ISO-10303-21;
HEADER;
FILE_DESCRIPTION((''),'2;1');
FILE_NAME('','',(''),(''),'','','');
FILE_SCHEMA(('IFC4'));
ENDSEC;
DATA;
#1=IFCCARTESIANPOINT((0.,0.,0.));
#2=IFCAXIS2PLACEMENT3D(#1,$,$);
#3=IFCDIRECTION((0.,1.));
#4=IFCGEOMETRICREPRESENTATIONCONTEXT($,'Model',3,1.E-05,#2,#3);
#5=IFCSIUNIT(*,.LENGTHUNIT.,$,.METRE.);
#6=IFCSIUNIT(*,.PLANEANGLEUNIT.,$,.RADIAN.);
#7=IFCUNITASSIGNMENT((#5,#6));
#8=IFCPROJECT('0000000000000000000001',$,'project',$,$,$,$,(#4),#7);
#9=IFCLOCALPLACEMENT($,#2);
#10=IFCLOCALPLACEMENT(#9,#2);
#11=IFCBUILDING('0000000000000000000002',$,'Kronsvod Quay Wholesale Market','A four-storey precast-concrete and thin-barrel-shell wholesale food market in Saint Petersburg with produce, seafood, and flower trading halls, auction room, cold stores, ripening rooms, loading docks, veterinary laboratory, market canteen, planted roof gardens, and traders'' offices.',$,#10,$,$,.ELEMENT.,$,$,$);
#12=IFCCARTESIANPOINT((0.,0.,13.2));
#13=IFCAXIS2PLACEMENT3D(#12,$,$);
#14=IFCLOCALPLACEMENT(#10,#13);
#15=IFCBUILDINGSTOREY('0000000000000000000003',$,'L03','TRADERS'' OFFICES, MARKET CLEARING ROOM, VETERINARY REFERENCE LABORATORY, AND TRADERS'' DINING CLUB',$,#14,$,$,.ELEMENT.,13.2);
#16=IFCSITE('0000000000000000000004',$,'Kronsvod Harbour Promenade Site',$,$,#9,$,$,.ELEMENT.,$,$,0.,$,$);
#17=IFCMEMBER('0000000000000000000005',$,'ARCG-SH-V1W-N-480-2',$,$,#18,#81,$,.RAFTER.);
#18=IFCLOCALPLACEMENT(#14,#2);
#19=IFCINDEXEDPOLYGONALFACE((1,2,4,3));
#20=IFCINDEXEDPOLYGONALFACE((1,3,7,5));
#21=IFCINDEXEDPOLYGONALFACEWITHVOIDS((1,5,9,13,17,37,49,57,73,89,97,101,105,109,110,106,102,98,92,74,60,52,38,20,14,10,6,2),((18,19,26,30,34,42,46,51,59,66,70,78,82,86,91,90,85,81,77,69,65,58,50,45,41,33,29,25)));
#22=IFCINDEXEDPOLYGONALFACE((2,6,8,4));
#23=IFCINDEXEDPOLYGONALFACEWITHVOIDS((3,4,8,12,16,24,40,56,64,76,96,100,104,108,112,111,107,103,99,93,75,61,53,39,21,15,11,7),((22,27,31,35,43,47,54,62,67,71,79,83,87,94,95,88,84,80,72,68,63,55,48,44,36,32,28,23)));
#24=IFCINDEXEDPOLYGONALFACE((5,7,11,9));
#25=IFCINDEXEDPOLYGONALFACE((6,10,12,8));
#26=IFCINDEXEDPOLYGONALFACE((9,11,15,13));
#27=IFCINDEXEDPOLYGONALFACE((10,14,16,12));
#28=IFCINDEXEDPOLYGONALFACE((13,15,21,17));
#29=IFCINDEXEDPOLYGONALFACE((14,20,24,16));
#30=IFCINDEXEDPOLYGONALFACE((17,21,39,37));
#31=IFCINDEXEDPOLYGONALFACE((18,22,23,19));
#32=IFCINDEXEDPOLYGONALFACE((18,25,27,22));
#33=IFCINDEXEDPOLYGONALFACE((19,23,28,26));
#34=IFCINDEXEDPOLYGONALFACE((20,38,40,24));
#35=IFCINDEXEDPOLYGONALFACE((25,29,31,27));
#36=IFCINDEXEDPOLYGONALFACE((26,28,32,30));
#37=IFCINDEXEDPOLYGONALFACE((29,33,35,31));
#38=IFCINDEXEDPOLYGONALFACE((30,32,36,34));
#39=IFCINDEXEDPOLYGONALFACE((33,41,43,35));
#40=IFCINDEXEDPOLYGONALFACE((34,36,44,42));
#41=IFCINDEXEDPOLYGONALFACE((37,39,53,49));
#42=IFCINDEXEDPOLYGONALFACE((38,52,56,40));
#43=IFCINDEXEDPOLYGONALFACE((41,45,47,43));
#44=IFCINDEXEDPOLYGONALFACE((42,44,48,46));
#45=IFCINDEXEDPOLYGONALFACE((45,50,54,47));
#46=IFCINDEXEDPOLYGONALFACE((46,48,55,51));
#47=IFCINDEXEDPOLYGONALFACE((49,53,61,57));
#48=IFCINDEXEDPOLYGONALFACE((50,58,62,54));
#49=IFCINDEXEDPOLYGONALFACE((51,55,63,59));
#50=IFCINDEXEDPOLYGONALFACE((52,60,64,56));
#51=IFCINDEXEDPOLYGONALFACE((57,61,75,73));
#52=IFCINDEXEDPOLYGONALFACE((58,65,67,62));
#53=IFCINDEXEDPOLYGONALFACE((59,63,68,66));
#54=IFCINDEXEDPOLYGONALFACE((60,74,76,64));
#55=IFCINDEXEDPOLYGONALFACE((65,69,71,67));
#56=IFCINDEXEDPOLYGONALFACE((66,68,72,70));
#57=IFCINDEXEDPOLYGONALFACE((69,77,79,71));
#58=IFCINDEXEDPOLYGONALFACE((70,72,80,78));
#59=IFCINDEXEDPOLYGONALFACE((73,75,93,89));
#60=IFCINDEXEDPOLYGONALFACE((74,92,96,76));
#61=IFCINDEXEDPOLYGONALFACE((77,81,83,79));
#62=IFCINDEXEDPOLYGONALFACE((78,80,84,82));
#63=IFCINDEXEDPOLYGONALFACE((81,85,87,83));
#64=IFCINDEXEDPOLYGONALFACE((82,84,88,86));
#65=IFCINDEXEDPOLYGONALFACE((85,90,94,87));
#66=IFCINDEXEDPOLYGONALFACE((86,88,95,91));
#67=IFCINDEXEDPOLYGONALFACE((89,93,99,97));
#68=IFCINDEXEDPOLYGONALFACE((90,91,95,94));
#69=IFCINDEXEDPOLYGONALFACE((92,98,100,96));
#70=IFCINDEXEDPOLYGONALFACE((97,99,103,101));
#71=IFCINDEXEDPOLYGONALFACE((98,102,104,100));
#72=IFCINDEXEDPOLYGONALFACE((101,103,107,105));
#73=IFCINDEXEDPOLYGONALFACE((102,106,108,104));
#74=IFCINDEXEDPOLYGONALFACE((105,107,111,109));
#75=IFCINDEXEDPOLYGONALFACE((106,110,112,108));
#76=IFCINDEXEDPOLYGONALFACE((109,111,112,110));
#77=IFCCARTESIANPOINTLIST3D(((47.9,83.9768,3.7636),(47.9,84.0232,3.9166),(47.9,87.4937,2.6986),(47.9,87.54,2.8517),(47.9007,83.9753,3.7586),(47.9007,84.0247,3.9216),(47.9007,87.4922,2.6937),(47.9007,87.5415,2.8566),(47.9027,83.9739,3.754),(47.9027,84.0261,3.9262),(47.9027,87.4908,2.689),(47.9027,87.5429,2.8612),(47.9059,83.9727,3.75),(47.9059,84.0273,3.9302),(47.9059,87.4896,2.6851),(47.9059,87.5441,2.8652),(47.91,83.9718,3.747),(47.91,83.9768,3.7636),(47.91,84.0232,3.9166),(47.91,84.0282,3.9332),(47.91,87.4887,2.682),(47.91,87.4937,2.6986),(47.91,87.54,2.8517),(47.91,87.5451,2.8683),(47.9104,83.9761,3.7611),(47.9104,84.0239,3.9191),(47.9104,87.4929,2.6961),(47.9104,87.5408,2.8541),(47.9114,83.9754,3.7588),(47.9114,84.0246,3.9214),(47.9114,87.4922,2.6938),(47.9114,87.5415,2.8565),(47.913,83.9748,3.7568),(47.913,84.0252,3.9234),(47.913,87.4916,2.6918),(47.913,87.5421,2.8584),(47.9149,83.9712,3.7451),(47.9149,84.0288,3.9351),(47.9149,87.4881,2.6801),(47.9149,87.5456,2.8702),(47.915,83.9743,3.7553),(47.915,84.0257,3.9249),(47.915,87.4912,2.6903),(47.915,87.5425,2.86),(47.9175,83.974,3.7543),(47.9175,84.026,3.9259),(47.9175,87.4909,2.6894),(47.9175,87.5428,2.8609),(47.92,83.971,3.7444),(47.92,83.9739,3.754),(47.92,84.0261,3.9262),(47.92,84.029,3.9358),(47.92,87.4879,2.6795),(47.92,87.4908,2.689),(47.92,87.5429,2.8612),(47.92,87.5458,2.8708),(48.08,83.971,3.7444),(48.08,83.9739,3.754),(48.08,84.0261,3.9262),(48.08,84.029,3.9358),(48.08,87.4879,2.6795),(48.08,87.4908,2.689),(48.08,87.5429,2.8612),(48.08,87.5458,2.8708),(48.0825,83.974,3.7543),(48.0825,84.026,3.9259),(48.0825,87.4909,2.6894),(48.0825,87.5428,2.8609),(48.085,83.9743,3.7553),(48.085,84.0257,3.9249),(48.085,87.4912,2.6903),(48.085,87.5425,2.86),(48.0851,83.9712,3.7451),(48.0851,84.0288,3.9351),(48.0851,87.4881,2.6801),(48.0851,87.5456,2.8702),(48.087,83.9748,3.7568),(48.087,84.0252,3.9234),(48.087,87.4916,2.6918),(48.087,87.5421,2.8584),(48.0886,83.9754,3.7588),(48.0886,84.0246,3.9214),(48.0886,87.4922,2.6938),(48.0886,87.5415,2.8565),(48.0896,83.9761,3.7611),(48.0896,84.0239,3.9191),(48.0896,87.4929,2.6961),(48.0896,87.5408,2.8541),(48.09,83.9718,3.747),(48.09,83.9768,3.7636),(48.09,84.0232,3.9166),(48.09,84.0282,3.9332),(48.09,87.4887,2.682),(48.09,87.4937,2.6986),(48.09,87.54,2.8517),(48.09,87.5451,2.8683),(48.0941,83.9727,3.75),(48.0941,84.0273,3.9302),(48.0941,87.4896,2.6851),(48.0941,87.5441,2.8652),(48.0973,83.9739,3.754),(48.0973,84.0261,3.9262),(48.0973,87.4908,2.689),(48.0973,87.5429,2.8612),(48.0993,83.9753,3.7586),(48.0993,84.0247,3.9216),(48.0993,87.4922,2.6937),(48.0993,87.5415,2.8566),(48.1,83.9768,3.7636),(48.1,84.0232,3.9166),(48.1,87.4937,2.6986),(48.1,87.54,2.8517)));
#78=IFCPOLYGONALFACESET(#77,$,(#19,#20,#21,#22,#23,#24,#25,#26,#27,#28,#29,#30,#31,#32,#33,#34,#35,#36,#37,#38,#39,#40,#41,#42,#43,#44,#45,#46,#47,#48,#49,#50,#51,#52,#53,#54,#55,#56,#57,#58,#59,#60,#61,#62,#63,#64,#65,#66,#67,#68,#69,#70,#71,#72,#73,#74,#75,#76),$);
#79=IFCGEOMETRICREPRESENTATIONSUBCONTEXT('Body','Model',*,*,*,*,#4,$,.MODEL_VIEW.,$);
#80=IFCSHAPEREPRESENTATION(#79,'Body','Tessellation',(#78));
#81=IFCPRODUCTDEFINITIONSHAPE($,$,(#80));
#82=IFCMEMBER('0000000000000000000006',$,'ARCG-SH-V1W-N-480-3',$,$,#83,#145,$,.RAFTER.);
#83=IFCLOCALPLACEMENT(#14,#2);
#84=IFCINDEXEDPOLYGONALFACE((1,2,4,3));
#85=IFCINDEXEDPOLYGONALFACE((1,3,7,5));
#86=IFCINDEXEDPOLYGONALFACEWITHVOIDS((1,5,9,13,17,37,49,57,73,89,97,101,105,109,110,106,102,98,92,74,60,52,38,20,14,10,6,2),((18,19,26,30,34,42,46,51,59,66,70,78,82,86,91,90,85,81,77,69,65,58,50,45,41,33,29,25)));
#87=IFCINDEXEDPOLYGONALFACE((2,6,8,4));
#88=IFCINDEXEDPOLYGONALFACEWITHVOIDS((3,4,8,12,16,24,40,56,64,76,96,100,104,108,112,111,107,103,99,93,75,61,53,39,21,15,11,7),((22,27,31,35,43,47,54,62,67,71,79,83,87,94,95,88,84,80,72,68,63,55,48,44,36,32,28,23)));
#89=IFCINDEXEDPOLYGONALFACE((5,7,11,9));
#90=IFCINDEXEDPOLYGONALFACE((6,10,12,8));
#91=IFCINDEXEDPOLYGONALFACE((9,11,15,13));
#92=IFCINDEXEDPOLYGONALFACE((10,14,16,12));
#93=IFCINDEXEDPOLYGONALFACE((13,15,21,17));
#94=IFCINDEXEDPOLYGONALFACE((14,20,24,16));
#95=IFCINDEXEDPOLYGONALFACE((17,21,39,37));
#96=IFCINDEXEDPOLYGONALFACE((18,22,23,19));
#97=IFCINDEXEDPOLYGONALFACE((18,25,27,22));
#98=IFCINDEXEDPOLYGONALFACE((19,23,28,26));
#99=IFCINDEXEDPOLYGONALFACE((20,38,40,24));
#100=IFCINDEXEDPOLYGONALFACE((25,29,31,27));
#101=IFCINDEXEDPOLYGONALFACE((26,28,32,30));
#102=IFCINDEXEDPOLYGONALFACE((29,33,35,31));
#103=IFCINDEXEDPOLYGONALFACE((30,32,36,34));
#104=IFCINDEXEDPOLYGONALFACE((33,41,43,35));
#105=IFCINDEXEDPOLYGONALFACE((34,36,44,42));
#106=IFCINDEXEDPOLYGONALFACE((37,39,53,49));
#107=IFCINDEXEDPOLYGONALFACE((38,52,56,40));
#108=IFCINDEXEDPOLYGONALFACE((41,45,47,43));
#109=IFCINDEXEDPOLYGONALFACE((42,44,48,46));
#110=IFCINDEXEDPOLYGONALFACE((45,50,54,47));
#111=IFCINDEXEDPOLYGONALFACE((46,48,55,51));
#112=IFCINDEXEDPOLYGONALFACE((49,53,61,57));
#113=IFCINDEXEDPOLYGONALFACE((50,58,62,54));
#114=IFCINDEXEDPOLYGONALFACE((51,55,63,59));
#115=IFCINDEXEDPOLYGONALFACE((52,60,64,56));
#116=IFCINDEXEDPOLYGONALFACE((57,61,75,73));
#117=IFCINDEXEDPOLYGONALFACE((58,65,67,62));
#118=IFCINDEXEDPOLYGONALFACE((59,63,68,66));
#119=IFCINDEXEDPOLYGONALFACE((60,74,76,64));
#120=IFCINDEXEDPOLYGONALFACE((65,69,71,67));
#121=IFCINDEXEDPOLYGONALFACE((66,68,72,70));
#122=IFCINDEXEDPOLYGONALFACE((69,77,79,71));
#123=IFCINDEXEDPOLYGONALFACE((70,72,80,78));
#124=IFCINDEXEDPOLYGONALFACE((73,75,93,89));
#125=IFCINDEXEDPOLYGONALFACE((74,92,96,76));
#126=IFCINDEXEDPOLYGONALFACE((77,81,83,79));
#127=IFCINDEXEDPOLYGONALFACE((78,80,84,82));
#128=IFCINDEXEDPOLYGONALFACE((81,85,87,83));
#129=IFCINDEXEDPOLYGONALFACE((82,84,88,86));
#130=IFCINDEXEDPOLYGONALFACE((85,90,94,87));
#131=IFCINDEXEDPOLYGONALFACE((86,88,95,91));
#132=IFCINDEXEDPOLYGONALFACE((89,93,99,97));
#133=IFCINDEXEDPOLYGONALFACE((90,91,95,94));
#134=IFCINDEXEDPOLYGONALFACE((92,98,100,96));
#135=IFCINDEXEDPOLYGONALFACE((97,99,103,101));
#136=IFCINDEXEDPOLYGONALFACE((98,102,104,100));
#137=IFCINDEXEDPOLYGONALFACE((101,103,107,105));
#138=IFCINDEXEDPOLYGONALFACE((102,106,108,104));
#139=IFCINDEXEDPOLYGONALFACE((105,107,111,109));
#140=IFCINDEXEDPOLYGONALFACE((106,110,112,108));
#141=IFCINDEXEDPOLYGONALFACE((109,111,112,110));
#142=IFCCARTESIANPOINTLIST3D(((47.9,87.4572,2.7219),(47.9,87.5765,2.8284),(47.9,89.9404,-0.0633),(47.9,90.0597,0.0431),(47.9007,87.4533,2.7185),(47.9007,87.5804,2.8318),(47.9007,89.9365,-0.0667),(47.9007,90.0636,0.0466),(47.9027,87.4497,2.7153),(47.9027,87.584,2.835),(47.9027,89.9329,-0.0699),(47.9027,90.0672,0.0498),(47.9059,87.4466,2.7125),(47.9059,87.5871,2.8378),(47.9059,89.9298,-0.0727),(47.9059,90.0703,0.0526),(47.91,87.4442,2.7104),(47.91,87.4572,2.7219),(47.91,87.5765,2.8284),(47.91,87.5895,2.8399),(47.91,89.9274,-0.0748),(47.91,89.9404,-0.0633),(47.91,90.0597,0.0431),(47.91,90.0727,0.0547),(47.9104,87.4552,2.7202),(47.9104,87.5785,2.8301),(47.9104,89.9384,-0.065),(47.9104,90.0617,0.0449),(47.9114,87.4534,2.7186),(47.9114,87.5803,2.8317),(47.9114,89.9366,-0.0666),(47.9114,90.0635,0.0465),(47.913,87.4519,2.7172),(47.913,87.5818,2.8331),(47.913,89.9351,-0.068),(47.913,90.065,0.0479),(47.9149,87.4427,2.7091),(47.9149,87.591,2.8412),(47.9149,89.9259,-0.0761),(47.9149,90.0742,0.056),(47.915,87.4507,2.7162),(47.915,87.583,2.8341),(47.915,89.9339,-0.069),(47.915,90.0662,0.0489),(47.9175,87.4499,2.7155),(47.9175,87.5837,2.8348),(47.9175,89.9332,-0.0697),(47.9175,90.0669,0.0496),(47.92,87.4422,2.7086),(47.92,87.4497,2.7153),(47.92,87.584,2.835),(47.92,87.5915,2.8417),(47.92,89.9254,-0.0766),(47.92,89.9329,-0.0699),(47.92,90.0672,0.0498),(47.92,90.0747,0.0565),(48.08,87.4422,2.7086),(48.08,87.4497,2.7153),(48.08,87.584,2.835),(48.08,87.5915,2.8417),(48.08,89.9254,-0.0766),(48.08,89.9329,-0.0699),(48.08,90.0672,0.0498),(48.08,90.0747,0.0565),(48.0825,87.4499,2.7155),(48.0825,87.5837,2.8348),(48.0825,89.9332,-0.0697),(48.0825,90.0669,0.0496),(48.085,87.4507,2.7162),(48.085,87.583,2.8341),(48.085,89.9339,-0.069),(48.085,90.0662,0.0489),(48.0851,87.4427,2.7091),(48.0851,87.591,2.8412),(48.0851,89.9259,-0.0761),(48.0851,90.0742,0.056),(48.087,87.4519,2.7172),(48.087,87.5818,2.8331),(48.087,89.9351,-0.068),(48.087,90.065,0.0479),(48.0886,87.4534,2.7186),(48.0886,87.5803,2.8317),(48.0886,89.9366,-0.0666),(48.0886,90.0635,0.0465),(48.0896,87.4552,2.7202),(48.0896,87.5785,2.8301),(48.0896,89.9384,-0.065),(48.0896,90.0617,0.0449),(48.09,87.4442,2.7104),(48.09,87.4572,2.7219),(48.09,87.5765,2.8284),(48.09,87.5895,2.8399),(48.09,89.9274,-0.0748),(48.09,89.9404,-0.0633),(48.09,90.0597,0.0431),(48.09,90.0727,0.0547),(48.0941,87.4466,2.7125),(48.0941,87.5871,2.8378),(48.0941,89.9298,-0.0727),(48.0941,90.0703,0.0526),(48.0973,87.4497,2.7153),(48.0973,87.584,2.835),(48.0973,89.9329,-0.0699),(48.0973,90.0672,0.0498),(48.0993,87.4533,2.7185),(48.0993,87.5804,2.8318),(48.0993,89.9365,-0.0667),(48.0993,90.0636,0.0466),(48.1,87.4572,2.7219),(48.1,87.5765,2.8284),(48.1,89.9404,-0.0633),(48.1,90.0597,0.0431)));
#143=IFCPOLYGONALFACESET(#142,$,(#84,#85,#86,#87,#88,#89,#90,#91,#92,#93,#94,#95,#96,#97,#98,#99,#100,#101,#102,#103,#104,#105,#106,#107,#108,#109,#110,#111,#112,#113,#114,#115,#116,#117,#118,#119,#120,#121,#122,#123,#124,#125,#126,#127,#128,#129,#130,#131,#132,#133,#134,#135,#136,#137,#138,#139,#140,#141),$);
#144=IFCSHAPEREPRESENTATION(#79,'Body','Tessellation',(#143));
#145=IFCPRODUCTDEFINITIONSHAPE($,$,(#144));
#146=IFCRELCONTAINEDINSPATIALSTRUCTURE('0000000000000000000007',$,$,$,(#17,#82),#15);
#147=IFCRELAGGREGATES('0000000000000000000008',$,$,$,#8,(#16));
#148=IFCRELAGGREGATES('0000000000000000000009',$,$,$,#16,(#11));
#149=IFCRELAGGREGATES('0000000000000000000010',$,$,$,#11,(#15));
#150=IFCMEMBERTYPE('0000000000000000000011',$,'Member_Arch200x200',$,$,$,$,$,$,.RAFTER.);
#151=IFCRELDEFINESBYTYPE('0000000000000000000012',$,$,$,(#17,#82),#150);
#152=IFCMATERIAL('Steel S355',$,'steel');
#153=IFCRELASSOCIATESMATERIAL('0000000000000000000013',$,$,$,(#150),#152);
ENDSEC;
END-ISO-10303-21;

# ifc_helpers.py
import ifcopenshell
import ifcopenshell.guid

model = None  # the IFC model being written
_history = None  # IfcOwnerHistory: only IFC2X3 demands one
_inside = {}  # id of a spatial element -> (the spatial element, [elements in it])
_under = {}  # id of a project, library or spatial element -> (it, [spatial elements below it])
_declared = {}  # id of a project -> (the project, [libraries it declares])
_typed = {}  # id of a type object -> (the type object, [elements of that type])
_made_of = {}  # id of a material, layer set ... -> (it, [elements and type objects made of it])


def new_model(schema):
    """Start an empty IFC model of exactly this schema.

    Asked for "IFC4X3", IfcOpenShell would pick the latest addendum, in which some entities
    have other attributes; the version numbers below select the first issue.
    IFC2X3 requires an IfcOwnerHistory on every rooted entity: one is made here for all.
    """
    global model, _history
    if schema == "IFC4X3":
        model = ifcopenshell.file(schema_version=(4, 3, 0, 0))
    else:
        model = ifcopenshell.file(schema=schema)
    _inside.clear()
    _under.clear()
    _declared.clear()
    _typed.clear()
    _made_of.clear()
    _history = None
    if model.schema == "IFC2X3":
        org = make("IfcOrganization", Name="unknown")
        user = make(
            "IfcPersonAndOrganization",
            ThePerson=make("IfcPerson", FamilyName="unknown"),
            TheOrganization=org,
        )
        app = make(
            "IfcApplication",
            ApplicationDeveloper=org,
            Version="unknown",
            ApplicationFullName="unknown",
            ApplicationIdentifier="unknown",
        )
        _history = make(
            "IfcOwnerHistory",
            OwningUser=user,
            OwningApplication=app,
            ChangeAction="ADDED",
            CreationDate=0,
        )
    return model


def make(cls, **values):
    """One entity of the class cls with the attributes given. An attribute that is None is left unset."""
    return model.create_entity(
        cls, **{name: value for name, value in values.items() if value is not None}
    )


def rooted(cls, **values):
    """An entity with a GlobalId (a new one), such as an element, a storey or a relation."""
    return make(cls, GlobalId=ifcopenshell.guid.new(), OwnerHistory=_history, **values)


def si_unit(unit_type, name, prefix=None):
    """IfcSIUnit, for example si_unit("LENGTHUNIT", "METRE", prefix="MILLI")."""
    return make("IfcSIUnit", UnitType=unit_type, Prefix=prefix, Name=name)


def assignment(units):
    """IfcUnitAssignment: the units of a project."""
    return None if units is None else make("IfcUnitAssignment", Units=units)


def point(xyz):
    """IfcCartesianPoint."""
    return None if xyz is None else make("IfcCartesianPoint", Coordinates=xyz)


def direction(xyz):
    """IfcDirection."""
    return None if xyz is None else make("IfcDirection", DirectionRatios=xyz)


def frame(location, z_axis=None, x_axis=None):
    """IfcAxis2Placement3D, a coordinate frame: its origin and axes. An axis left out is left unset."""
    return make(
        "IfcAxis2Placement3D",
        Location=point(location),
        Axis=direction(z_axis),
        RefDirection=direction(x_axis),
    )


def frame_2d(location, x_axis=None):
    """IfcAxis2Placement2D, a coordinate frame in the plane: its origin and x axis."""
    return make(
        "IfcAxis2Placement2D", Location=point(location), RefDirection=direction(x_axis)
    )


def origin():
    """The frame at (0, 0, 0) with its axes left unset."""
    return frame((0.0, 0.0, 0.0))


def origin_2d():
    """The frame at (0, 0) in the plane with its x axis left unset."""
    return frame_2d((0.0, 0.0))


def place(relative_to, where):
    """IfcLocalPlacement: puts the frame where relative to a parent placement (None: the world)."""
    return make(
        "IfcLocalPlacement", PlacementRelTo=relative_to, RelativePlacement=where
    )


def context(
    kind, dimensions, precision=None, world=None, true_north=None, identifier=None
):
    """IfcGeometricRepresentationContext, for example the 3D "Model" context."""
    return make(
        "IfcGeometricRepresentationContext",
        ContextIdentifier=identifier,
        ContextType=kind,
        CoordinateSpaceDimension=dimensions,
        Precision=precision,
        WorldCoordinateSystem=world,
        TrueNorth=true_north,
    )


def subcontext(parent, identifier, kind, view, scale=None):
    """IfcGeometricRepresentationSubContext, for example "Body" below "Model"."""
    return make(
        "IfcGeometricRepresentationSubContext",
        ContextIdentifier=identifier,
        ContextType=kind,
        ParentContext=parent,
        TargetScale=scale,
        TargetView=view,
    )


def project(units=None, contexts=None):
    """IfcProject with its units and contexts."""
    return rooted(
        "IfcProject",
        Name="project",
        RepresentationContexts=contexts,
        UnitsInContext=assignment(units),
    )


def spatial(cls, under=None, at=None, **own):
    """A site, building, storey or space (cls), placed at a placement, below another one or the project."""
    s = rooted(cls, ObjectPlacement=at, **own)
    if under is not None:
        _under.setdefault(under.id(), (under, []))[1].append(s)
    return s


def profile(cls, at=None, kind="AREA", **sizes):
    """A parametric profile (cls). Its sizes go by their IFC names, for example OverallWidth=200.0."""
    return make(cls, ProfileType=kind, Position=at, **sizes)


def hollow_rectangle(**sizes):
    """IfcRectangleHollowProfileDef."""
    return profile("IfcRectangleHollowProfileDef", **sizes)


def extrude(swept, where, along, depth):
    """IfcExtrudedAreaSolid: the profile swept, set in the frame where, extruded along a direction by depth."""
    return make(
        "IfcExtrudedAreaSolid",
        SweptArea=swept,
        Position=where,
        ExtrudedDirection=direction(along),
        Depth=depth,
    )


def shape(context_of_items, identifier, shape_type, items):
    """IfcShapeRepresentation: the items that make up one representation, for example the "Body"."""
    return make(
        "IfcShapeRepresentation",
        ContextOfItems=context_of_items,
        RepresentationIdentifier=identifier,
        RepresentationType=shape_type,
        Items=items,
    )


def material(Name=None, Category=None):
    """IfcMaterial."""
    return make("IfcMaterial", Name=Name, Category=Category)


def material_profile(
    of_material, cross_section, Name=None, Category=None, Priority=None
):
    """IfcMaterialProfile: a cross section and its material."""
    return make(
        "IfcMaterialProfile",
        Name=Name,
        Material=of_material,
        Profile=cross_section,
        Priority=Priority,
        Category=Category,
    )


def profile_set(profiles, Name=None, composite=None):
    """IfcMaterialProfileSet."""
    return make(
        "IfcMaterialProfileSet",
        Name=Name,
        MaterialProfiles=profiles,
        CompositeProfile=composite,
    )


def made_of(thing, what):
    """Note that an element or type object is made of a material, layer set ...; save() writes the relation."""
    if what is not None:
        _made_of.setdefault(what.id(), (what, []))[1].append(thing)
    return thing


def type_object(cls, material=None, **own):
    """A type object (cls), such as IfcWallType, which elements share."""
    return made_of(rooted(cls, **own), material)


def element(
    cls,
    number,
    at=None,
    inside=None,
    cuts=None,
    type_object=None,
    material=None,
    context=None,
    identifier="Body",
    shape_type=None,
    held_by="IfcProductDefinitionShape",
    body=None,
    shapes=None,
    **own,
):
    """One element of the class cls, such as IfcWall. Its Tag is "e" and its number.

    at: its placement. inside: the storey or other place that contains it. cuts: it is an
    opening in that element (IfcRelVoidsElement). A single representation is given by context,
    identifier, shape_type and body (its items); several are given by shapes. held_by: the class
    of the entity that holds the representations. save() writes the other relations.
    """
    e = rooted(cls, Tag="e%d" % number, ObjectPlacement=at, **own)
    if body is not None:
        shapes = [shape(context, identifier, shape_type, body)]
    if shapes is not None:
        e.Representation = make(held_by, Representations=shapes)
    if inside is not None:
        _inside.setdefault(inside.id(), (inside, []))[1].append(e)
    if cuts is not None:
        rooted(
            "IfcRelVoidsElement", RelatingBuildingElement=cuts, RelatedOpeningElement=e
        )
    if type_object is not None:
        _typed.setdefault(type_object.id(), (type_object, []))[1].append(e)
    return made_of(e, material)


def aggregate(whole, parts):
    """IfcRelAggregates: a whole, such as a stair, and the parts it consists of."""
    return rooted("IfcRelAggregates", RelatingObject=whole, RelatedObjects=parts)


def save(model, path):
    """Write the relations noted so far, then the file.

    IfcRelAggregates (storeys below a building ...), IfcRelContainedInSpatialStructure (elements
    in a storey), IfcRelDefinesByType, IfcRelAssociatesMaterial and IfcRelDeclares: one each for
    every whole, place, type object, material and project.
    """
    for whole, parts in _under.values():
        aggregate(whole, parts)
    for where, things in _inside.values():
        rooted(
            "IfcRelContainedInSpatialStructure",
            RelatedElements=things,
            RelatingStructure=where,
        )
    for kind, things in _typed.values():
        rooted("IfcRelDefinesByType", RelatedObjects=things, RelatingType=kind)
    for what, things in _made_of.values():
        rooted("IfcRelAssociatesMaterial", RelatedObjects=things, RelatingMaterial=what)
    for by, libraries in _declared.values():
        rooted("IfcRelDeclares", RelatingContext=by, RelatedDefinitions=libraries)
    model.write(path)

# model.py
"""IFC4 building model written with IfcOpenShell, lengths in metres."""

from ifc_helpers import new_model, si_unit, direction, frame, origin, origin_2d, place, context, subcontext, project, spatial, hollow_rectangle, extrude, material, material_profile, profile_set, type_object, element, save


model = new_model("IFC4")

# Units and contexts
model_context = context("Model", 3, precision=1e-05, world=origin(), true_north=direction((0.0, 1.0)))
body_context = subcontext(model_context, "Body", "Model", "MODEL_VIEW")
ifc_project = project(units=[si_unit("LENGTHUNIT", "METRE"), si_unit("PLANEANGLEUNIT", "RADIAN")], contexts=[model_context])

# Site, building, storey
site_placement = place(None, origin())
site = spatial("IfcSite", under=ifc_project, at=site_placement, Name="Kronsvod Harbour Promenade Site", CompositionType="ELEMENT", RefElevation=0.0)
building_placement = place(site_placement, origin())
building = spatial("IfcBuilding", under=site, at=building_placement, Name="Kronsvod Quay Wholesale Market", Description="A four-storey precast-concrete and thin-barrel-shell wholesale food market in Saint Petersburg with produce, seafood, and flower trading halls, auction room, cold stores, ripening rooms, loading docks, veterinary laboratory, market canteen, planted roof gardens, and traders' offices.", CompositionType="ELEMENT")
storey_placement = place(building_placement, frame((0.0, 0.0, 13.2)))
storey = spatial("IfcBuildingStorey", under=building, at=storey_placement, Name="L03", Description="TRADERS' OFFICES, MARKET CLEARING ROOM, VETERINARY REFERENCE LABORATORY, AND TRADERS' DINING CLUB", CompositionType="ELEMENT", Elevation=13.2)

# Members
ifc_material_1 = material(Name="Steel S355", Category="steel")
ifc_material_profile_1 = material_profile(ifc_material_1, hollow_rectangle(XDim=0.2, YDim=0.2, WallThickness=0.01, InnerFilletRadius=0.01, OuterFilletRadius=0.02, at=origin_2d()), Name="RHS200x200x10")
ifc_profile_set_1 = profile_set([ifc_material_profile_1], Name="Steel S355")
member_type_1 = type_object("IfcMemberType", Name="Member_Arch200x200", PredefinedType="RAFTER", material=ifc_profile_set_1)
for number, where, z_axis, x_axis, name in (
    (1, (48.0, 84.0, 3.8401), (0.0, 0.957083, -0.289816), (-1.0, 0.0, 0.0), "ARCG-SH-V1W-N-480-2"),
):
    element("IfcMember", number, at=place(storey_placement, frame(where, z_axis=z_axis, x_axis=x_axis)), inside=storey, type_object=member_type_1, Name=name, PredefinedType="RAFTER", context=body_context, shape_type="SweptSolid", body=[
        extrude(hollow_rectangle(XDim=0.2, YDim=0.2, WallThickness=0.01, InnerFilletRadius=0.01, OuterFilletRadius=0.02, at=origin_2d()), origin(), (0.0, 0.0, 1.0), 3.6746),
    ])
member_1_placement = place(storey_placement, frame((48.0, 87.5168, 2.7751), z_axis=(0.0, 0.66548, -0.746416), x_axis=(-1.0, 0.0, 0.0)))
element("IfcMember", 2, at=member_1_placement, inside=storey, type_object=member_type_1, Name="ARCG-SH-V1W-N-480-3", PredefinedType="RAFTER", context=body_context, shape_type="SweptSolid", body=[
    extrude(hollow_rectangle(XDim=0.2, YDim=0.2, WallThickness=0.01, InnerFilletRadius=0.01, OuterFilletRadius=0.02, at=origin_2d()), origin(), (0.0, 0.0, 1.0), 3.7314),
])

save(model, "model.ifc")
